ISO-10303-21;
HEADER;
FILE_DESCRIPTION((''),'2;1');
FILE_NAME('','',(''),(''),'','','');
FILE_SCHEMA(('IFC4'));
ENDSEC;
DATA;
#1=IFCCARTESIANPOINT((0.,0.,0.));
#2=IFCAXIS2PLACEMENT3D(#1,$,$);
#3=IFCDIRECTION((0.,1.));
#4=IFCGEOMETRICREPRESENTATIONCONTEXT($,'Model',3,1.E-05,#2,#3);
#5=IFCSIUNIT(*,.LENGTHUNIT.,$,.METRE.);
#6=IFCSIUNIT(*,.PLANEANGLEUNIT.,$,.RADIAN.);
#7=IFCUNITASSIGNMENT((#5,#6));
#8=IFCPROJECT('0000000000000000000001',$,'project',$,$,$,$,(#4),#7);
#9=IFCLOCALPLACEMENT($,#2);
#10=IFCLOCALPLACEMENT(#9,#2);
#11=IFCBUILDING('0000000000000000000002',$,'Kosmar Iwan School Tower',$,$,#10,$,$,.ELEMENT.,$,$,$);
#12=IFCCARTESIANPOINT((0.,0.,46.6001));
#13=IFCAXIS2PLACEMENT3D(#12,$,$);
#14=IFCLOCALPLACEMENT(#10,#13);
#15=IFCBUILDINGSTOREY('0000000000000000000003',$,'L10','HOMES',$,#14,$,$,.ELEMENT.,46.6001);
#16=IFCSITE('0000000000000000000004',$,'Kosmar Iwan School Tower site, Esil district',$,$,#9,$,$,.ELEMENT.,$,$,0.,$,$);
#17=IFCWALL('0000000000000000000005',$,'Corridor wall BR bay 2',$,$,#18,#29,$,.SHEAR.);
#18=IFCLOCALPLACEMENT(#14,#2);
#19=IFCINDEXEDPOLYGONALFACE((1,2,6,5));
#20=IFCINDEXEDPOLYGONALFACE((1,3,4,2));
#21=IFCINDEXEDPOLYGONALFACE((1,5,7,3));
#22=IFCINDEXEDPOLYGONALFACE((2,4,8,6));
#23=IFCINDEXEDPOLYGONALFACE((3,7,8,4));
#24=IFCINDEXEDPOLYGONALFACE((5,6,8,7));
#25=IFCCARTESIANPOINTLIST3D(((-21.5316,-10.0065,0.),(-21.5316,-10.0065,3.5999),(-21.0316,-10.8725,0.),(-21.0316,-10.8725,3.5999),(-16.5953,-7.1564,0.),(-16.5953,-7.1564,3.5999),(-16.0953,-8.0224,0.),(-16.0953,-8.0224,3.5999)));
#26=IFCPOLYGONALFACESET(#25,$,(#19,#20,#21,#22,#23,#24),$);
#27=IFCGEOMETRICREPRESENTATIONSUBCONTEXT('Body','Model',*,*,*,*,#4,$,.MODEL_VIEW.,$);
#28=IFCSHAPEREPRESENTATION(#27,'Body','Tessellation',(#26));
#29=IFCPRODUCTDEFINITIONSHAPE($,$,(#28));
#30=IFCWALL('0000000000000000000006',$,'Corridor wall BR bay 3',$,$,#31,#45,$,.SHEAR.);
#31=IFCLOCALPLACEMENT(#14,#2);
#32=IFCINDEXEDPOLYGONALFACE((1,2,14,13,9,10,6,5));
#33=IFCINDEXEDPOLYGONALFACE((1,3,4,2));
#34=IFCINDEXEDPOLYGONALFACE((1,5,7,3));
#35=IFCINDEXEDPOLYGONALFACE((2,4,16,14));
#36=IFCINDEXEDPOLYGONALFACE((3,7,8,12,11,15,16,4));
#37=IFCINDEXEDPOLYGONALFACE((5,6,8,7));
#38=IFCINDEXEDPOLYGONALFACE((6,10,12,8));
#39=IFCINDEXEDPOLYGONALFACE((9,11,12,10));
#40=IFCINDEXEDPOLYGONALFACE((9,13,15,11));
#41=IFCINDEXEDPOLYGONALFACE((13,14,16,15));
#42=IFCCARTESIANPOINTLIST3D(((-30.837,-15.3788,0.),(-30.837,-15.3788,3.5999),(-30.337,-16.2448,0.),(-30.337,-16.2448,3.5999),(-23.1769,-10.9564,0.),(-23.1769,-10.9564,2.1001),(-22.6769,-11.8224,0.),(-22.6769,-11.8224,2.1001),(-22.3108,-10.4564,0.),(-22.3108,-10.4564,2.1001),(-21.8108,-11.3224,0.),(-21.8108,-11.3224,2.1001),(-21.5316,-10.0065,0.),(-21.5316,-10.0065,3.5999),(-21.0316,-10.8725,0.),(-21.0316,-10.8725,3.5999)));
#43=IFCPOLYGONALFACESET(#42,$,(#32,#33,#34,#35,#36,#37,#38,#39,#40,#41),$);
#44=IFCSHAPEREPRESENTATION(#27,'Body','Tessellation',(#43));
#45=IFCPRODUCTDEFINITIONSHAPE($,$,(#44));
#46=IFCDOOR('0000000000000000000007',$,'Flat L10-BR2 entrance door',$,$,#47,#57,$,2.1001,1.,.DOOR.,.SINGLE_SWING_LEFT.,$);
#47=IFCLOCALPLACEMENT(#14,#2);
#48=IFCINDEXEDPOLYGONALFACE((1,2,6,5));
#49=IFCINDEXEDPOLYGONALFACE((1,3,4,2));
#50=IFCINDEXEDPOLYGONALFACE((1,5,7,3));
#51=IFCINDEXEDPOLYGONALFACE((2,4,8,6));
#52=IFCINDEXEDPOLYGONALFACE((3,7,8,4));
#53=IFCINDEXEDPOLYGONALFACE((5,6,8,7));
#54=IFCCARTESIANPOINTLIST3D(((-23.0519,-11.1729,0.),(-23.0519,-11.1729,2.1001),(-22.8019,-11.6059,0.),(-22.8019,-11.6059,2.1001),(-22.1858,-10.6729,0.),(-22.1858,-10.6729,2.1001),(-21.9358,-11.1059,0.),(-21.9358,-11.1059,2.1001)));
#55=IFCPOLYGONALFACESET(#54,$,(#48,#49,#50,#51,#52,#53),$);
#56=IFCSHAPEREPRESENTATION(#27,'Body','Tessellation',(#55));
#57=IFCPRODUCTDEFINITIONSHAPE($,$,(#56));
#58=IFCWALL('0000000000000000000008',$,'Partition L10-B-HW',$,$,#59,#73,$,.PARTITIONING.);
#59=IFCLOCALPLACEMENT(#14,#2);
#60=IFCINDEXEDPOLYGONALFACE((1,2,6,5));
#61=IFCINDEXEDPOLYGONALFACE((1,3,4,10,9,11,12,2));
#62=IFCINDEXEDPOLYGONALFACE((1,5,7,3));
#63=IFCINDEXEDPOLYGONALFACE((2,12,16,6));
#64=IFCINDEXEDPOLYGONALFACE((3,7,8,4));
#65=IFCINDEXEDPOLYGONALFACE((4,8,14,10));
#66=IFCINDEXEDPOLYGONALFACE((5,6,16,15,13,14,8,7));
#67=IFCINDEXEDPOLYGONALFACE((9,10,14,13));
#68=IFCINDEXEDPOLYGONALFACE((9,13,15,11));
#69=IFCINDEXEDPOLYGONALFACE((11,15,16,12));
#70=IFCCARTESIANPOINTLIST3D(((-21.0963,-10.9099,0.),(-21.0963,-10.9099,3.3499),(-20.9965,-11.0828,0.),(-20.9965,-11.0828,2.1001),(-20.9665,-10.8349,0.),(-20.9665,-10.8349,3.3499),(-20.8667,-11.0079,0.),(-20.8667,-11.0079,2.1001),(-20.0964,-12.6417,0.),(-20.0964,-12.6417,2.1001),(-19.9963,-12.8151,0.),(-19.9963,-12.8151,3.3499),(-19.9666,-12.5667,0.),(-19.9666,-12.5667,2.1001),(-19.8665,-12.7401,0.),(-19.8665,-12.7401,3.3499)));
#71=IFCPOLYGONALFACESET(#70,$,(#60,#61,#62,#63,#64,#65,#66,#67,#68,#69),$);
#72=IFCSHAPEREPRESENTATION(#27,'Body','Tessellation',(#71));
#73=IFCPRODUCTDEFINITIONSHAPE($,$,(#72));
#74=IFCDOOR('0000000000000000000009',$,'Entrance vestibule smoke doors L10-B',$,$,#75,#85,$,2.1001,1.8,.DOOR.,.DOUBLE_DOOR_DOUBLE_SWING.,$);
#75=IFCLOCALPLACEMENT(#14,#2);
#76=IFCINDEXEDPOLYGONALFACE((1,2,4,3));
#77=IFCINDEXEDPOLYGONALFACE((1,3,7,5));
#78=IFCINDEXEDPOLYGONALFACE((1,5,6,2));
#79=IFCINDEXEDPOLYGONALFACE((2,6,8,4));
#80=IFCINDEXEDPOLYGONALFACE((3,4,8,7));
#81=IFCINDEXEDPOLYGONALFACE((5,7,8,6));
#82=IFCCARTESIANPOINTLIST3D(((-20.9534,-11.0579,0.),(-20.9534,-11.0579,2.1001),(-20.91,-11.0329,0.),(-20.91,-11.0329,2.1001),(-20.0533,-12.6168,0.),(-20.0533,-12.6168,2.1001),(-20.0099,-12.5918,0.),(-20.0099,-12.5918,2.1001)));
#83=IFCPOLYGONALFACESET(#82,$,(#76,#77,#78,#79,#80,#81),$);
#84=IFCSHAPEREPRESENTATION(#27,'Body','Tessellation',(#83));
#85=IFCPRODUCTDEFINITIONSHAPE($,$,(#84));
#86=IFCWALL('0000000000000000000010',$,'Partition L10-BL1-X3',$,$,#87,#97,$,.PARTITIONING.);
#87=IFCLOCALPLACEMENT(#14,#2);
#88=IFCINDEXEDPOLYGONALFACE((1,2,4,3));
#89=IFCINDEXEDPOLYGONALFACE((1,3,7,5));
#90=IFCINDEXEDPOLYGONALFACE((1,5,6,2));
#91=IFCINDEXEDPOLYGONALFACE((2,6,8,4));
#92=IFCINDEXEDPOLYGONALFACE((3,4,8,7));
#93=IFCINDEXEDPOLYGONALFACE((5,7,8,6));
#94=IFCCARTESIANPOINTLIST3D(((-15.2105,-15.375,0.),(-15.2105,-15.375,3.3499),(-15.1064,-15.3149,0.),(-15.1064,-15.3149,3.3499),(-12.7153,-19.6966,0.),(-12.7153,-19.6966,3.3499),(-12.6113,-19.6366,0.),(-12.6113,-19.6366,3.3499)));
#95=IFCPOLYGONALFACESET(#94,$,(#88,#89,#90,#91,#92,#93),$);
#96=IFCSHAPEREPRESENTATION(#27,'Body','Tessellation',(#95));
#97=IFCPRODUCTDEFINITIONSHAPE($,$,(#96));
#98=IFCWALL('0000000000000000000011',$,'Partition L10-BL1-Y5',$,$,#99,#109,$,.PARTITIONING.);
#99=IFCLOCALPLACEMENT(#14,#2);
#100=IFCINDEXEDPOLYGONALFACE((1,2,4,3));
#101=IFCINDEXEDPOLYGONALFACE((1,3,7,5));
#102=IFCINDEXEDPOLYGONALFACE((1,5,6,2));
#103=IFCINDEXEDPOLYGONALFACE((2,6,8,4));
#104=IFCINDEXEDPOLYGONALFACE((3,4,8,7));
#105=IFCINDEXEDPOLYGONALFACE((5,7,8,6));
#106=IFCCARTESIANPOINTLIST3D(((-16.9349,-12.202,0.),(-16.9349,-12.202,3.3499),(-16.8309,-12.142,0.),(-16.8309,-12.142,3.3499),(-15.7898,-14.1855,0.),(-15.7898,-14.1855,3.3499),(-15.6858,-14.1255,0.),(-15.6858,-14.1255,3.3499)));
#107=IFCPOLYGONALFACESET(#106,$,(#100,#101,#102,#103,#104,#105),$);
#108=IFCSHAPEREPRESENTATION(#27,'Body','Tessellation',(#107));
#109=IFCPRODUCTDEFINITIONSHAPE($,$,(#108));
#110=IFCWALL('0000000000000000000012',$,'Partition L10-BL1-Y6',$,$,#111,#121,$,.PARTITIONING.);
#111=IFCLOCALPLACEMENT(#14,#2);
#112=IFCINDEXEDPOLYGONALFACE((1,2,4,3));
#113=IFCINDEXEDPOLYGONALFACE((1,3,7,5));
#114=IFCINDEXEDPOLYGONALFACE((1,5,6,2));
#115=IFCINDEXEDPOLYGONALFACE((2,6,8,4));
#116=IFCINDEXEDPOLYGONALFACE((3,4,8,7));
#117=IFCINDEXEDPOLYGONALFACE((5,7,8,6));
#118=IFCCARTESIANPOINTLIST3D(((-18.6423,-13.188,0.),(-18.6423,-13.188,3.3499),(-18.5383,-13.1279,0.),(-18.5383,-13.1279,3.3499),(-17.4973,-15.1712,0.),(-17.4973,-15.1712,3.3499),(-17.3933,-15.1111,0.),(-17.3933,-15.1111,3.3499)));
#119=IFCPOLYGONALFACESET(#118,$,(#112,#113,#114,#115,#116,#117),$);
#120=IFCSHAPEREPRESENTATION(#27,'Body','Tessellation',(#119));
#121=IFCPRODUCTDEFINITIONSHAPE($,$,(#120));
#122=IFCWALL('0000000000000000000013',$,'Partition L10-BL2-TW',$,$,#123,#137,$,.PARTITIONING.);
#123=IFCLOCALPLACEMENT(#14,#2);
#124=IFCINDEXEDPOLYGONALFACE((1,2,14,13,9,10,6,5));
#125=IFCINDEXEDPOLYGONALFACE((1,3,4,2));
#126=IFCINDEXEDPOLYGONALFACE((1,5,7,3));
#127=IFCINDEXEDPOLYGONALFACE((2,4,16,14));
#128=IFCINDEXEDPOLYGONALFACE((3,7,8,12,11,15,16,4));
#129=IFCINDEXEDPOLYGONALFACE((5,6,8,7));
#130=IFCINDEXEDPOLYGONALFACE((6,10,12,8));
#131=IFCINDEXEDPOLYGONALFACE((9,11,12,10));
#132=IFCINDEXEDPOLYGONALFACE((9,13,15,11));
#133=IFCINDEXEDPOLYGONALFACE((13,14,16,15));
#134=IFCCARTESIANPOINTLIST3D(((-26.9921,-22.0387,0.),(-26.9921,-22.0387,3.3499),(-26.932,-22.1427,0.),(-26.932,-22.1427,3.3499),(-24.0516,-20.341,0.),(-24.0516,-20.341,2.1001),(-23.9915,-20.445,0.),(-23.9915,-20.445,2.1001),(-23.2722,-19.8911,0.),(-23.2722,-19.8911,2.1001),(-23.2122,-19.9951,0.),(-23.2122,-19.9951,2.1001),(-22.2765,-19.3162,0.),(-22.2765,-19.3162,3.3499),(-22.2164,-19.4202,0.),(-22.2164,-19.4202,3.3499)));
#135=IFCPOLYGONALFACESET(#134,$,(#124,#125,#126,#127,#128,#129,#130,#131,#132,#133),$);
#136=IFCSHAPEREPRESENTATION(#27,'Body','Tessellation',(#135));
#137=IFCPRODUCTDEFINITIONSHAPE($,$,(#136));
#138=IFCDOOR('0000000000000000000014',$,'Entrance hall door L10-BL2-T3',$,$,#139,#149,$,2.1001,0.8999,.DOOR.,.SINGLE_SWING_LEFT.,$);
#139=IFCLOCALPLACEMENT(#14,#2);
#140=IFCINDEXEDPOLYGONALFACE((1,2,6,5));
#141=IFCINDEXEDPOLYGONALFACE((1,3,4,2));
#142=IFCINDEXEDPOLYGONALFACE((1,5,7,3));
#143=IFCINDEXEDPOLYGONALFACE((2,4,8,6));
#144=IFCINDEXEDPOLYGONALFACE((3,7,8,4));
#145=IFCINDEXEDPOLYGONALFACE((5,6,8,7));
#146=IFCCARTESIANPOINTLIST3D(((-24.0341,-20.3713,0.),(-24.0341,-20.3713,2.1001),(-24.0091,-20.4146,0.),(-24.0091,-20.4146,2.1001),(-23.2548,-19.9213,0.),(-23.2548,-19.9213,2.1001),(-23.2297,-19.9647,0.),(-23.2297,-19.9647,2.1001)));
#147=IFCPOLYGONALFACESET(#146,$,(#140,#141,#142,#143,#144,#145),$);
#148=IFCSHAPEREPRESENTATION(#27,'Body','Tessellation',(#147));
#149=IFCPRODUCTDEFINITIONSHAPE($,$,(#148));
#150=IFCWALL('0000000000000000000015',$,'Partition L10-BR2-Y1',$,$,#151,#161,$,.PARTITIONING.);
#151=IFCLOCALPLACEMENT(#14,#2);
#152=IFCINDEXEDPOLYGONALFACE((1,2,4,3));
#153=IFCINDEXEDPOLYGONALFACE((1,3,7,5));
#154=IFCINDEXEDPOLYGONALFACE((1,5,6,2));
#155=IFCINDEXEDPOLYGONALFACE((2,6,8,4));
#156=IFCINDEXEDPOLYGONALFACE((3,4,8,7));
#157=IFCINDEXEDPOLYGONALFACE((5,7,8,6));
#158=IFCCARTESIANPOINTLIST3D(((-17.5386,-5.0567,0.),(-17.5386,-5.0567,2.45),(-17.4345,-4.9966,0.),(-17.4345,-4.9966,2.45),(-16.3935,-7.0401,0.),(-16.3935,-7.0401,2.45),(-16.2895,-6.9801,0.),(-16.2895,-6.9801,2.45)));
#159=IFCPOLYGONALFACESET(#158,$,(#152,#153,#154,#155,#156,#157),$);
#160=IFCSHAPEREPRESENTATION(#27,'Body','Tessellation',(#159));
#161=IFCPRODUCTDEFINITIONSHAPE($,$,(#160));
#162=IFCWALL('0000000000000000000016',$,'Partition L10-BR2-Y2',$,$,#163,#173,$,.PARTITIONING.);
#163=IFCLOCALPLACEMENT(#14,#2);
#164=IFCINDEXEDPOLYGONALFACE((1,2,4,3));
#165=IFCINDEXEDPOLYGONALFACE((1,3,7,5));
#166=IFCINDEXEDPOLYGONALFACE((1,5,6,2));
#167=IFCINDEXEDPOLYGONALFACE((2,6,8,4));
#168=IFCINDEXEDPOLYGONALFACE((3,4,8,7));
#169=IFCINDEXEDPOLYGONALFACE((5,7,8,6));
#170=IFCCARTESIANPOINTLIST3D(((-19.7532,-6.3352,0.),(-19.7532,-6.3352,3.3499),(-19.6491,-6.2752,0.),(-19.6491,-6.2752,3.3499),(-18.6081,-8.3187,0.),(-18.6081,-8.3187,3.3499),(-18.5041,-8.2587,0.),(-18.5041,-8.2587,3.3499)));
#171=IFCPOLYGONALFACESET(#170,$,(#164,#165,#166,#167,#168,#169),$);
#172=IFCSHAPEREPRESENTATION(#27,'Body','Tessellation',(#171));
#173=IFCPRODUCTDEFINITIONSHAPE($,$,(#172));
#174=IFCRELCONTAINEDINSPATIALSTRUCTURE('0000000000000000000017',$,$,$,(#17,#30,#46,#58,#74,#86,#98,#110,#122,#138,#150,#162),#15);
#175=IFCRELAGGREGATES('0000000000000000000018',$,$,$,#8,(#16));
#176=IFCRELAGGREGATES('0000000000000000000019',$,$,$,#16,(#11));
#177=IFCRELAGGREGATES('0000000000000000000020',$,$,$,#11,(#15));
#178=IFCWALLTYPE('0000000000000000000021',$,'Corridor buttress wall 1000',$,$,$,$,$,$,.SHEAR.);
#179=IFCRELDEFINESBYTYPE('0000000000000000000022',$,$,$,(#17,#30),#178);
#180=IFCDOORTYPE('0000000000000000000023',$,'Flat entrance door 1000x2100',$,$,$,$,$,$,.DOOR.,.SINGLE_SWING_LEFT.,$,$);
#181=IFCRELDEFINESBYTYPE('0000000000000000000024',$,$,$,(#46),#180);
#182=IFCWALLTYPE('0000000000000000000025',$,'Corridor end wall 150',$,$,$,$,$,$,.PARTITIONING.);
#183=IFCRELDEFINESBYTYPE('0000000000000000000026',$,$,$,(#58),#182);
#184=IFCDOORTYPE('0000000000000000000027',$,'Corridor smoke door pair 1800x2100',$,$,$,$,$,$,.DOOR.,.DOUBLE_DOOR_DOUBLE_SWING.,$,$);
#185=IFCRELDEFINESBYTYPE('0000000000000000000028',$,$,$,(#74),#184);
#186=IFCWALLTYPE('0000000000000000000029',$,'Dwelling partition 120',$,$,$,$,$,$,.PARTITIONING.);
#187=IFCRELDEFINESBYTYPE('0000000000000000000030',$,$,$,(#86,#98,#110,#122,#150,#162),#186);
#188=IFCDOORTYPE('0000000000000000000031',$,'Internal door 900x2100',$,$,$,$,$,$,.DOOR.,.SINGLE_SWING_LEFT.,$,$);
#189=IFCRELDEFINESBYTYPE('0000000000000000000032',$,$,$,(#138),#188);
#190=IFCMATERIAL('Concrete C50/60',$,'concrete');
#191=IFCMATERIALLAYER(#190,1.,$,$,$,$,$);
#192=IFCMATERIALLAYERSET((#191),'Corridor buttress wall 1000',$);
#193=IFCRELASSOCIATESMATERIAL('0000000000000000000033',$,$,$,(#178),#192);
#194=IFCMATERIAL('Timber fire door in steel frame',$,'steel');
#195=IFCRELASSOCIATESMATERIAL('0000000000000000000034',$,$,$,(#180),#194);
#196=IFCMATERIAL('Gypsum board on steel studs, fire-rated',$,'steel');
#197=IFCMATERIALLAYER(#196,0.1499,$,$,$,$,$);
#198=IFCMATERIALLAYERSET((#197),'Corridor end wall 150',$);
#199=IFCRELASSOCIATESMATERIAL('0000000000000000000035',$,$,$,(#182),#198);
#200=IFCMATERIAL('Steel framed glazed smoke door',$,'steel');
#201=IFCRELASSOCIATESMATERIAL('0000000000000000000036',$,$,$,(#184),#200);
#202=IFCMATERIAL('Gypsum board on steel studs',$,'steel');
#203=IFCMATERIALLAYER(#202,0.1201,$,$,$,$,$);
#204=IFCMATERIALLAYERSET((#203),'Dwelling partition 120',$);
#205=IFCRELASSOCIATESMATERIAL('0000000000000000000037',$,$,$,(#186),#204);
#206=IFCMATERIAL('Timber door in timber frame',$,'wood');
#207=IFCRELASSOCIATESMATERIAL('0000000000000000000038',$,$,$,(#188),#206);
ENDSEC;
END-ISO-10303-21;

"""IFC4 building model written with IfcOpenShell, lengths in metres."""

from ifc_helpers import new_model, si_unit, direction, frame, frame_2d, origin, place, context, subcontext, project, spatial, rectangle, extrude, material, layer, layer_set, type_object, element, fill, save


model = new_model("IFC4")

# Units and contexts
model_context = context("Model", 3, precision=1e-05, world=origin(), true_north=direction((0.0, 1.0)))
body_context = subcontext(model_context, "Body", "Model", "MODEL_VIEW")
ifc_project = project(units=[si_unit("LENGTHUNIT", "METRE"), si_unit("PLANEANGLEUNIT", "RADIAN")], contexts=[model_context])

# Site, building, storey
site_placement = place(None, origin())
site = spatial("IfcSite", under=ifc_project, at=site_placement, Name="Kosmar Iwan School Tower site, Esil district", CompositionType="ELEMENT", RefElevation=0.0)
building_placement = place(site_placement, origin())
building = spatial("IfcBuilding", under=site, at=building_placement, Name="Kosmar Iwan School Tower", CompositionType="ELEMENT")
storey_placement = place(building_placement, frame((0.0, 0.0, 46.6001)))
storey = spatial("IfcBuildingStorey", under=building, at=storey_placement, Name="L10", Description="HOMES", CompositionType="ELEMENT", Elevation=46.6001)

# Shared definitions
ifc_material_1 = material(Name="Concrete C50/60", Category="concrete")
ifc_layer_1 = layer(ifc_material_1, 1.0)
ifc_layer_set_1 = layer_set([ifc_layer_1], Name="Corridor buttress wall 1000")
wall_type_1 = type_object("IfcWallType", Name="Corridor buttress wall 1000", PredefinedType="SHEAR", material=ifc_layer_set_1)

# Shared definitions
ifc_material_2 = material(Name="Timber fire door in steel frame", Category="steel")
door_type_1 = type_object("IfcDoorType", Name="Flat entrance door 1000x2100", OperationType="SINGLE_SWING_LEFT", PredefinedType="DOOR", material=ifc_material_2)

# Wall
wall_1_placement = place(storey_placement, frame((-16.3452, -7.5894, 0.0), z_axis=(0.0, 0.0, 1.0), x_axis=(-0.866015, -0.500018, 0.0)))
element("IfcWall", 1, at=wall_1_placement, inside=storey, type_object=wall_type_1, Name="Corridor wall BR bay 2", PredefinedType="SHEAR", context=body_context, shape_type="SweptSolid", body=[
    extrude(rectangle(XDim=5.7, YDim=1.0, at=frame_2d((2.8501, 0.0))), origin(), (0.0, 0.0, 1.0), 3.5999),
])

# Walls, openings, doors
wall_2_placement = place(storey_placement, frame((-21.2815, -10.4395, 0.0), z_axis=(0.0, 0.0, 1.0), x_axis=(-0.866032, -0.499988, 0.0)))
wall_2 = element("IfcWall", 2, at=wall_2_placement, inside=storey, type_object=wall_type_1, Name="Corridor wall BR bay 3", PredefinedType="SHEAR", context=body_context, shape_type="SweptSolid", body=[
    extrude(rectangle(XDim=10.7449, YDim=1.0, at=frame_2d((5.3726, 0.0))), origin(), (0.0, 0.0, 1.0), 3.5999),
])
opening_1_placement = place(wall_2_placement, frame((0.8999, 0.0, 0.0)))
opening_1 = element("IfcOpeningElement", 3, at=opening_1_placement, cuts=wall_2, PredefinedType="OPENING", context=body_context, shape_type="SweptSolid", body=[
    extrude(rectangle(XDim=1.0, YDim=2.1001, at=frame_2d((0.5, 1.05))), frame((0.0, 0.512, 0.0), z_axis=(0.0, -1.0, 0.0), x_axis=(1.0, 0.0, 0.0)), (0.0, 0.0, 1.0), 1.0239),
])
door_1_placement = place(opening_1_placement, origin())
door_1 = element("IfcDoor", 4, at=door_1_placement, inside=storey, type_object=door_type_1, Name="Flat L10-BR2 entrance door", OperationType="SINGLE_SWING_LEFT", OverallHeight=2.1001, OverallWidth=1.0, PredefinedType="DOOR", context=body_context, shape_type="SweptSolid", body=[
    extrude(rectangle(XDim=1.0, YDim=2.1001, at=frame_2d((0.5, 1.05))), frame((0.0, 0.25, 0.0), z_axis=(0.0, -1.0, 0.0), x_axis=(1.0, 0.0, 0.0)), (0.0, 0.0, 1.0), 0.5),
])
fill(opening_1, door_1)
ifc_material_3 = material(Name="Gypsum board on steel studs, fire-rated", Category="steel")
ifc_layer_2 = layer(ifc_material_3, 0.1499)
ifc_layer_set_2 = layer_set([ifc_layer_2], Name="Corridor end wall 150")
wall_type_2 = type_object("IfcWallType", Name="Corridor end wall 150", PredefinedType="PARTITIONING", material=ifc_layer_set_2)
wall_3_placement = place(storey_placement, frame((-21.0315, -10.8723, 0.0), z_axis=(0.0, 0.0, 1.0), x_axis=(0.50003, -0.866008, 0.0)))
wall_3 = element("IfcWall", 5, at=wall_3_placement, inside=storey, type_object=wall_type_2, Name="Partition L10-B-HW", PredefinedType="PARTITIONING", context=body_context, shape_type="SweptSolid", body=[
    extrude(rectangle(XDim=2.2, YDim=0.1499, at=frame_2d((1.1001, 0.0))), origin(), (0.0, 0.0, 1.0), 3.3499),
])
opening_2_placement = place(wall_3_placement, frame((0.2, 0.0, 0.0)))
opening_2 = element("IfcOpeningElement", 6, at=opening_2_placement, cuts=wall_3, PredefinedType="OPENING", context=body_context, shape_type="SweptSolid", body=[
    extrude(rectangle(XDim=1.8, YDim=2.1001, at=frame_2d((0.8999, 1.05))), frame((0.0, 0.0869, 0.0), z_axis=(0.0, -1.0, 0.0), x_axis=(1.0, 0.0, 0.0)), (0.0, 0.0, 1.0), 0.1738),
])
ifc_material_4 = material(Name="Steel framed glazed smoke door", Category="steel")
door_type_2 = type_object("IfcDoorType", Name="Corridor smoke door pair 1800x2100", OperationType="DOUBLE_DOOR_DOUBLE_SWING", PredefinedType="DOOR", material=ifc_material_4)
door_2_placement = place(opening_2_placement, origin())
door_2 = element("IfcDoor", 7, at=door_2_placement, inside=storey, type_object=door_type_2, Name="Entrance vestibule smoke doors L10-B", OperationType="DOUBLE_DOOR_DOUBLE_SWING", OverallHeight=2.1001, OverallWidth=1.8, PredefinedType="DOOR", context=body_context, shape_type="SweptSolid", body=[
    extrude(rectangle(XDim=1.8, YDim=2.1001, at=frame_2d((0.8999, 1.05))), frame((0.0, 0.0249, 0.0), z_axis=(0.0, -1.0, 0.0), x_axis=(1.0, 0.0, 0.0)), (0.0, 0.0, 1.0), 0.05),
])
fill(opening_2, door_2)

# Walls
ifc_material_5 = material(Name="Gypsum board on steel studs", Category="steel")
ifc_layer_3 = layer(ifc_material_5, 0.1201)
ifc_layer_set_3 = layer_set([ifc_layer_3], Name="Dwelling partition 120")
wall_type_3 = type_object("IfcWallType", Name="Dwelling partition 120", PredefinedType="PARTITIONING", material=ifc_layer_set_3)
wall_4_placement = place(storey_placement, frame((-15.1584, -15.345, 0.0), z_axis=(0.0, 0.0, 1.0), x_axis=(0.500012, -0.866019, 0.0)))
element("IfcWall", 8, at=wall_4_placement, inside=storey, type_object=wall_type_3, Name="Partition L10-BL1-X3", PredefinedType="PARTITIONING", context=body_context, shape_type="SweptSolid", body=[
    extrude(rectangle(XDim=4.9902, YDim=0.1201, at=frame_2d((2.4951, 0.0))), origin(), (0.0, 0.0, 1.0), 3.3499),
])
wall_5_placement = place(storey_placement, frame((-16.8828, -12.1721, 0.0), z_axis=(0.0, 0.0, 1.0), x_axis=(0.499969, -0.866044, 0.0)))
element("IfcWall", 9, at=wall_5_placement, inside=storey, type_object=wall_type_3, Name="Partition L10-BL1-Y5", PredefinedType="PARTITIONING", context=body_context, shape_type="SweptSolid", body=[
    extrude(rectangle(XDim=2.2903, YDim=0.1201, at=frame_2d((1.145, 0.0))), origin(), (0.0, 0.0, 1.0), 3.3499),
])
wall_6_placement = place(storey_placement, frame((-18.5903, -13.158, 0.0), z_axis=(0.0, 0.0, 1.0), x_axis=(0.500015, -0.866017, 0.0)))
element("IfcWall", 10, at=wall_6_placement, inside=storey, type_object=wall_type_3, Name="Partition L10-BL1-Y6", PredefinedType="PARTITIONING", context=body_context, shape_type="SweptSolid", body=[
    extrude(rectangle(XDim=2.29, YDim=0.1201, at=frame_2d((1.145, 0.0))), origin(), (0.0, 0.0, 1.0), 3.3499),
])

# Wall, opening, door
wall_7_placement = place(storey_placement, frame((-22.2463, -19.3682, 0.0), z_axis=(0.0, 0.0, 1.0), x_axis=(-0.866036, -0.499982, 0.0)))
wall_7 = element("IfcWall", 11, at=wall_7_placement, inside=storey, type_object=wall_type_3, Name="Partition L10-BL2-TW", PredefinedType="PARTITIONING", context=body_context, shape_type="SweptSolid", body=[
    extrude(rectangle(XDim=5.4451, YDim=0.1201, at=frame_2d((2.7227, 0.0))), origin(), (0.0, 0.0, 1.0), 3.3499),
])
opening_3_placement = place(wall_7_placement, frame((1.1499, 0.0, 0.0)))
opening_3 = element("IfcOpeningElement", 12, at=opening_3_placement, cuts=wall_7, PredefinedType="OPENING", context=body_context, shape_type="SweptSolid", body=[
    extrude(rectangle(XDim=0.8999, YDim=2.1001, at=frame_2d((0.45, 1.05))), frame((0.0, 0.072, 0.0), z_axis=(0.0, -1.0, 0.0), x_axis=(1.0, 0.0, 0.0)), (0.0, 0.0, 1.0), 0.144),
])
ifc_material_6 = material(Name="Timber door in timber frame", Category="wood")
door_type_3 = type_object("IfcDoorType", Name="Internal door 900x2100", OperationType="SINGLE_SWING_LEFT", PredefinedType="DOOR", material=ifc_material_6)
door_3_placement = place(opening_3_placement, origin())
door_3 = element("IfcDoor", 13, at=door_3_placement, inside=storey, type_object=door_type_3, Name="Entrance hall door L10-BL2-T3", OperationType="SINGLE_SWING_LEFT", OverallHeight=2.1001, OverallWidth=0.8999, PredefinedType="DOOR", context=body_context, shape_type="SweptSolid", body=[
    extrude(rectangle(XDim=0.8999, YDim=2.1001, at=frame_2d((0.45, 1.05))), frame((0.0, 0.0249, 0.0), z_axis=(0.0, -1.0, 0.0), x_axis=(1.0, 0.0, 0.0)), (0.0, 0.0, 1.0), 0.05),
])
fill(opening_3, door_3)

# Walls
wall_8_placement = place(storey_placement, frame((-16.3416, -7.01, 0.0), z_axis=(0.0, 0.0, 1.0), x_axis=(-0.499969, 0.866044, 0.0)))
element("IfcWall", 14, at=wall_8_placement, inside=storey, type_object=wall_type_3, Name="Partition L10-BR2-Y1", PredefinedType="PARTITIONING", context=body_context, shape_type="SweptSolid", body=[
    extrude(rectangle(XDim=2.2903, YDim=0.1201, at=frame_2d((1.145, 0.0))), origin(), (0.0, 0.0, 1.0), 2.45),
])
wall_9_placement = place(storey_placement, frame((-18.5562, -8.2886, 0.0), z_axis=(0.0, 0.0, 1.0), x_axis=(-0.499969, 0.866044, 0.0)))
element("IfcWall", 15, at=wall_9_placement, inside=storey, type_object=wall_type_3, Name="Partition L10-BR2-Y2", PredefinedType="PARTITIONING", context=body_context, shape_type="SweptSolid", body=[
    extrude(rectangle(XDim=2.2903, YDim=0.1201, at=frame_2d((1.145, 0.0))), origin(), (0.0, 0.0, 1.0), 3.3499),
])

save(model, "model.ifc")
